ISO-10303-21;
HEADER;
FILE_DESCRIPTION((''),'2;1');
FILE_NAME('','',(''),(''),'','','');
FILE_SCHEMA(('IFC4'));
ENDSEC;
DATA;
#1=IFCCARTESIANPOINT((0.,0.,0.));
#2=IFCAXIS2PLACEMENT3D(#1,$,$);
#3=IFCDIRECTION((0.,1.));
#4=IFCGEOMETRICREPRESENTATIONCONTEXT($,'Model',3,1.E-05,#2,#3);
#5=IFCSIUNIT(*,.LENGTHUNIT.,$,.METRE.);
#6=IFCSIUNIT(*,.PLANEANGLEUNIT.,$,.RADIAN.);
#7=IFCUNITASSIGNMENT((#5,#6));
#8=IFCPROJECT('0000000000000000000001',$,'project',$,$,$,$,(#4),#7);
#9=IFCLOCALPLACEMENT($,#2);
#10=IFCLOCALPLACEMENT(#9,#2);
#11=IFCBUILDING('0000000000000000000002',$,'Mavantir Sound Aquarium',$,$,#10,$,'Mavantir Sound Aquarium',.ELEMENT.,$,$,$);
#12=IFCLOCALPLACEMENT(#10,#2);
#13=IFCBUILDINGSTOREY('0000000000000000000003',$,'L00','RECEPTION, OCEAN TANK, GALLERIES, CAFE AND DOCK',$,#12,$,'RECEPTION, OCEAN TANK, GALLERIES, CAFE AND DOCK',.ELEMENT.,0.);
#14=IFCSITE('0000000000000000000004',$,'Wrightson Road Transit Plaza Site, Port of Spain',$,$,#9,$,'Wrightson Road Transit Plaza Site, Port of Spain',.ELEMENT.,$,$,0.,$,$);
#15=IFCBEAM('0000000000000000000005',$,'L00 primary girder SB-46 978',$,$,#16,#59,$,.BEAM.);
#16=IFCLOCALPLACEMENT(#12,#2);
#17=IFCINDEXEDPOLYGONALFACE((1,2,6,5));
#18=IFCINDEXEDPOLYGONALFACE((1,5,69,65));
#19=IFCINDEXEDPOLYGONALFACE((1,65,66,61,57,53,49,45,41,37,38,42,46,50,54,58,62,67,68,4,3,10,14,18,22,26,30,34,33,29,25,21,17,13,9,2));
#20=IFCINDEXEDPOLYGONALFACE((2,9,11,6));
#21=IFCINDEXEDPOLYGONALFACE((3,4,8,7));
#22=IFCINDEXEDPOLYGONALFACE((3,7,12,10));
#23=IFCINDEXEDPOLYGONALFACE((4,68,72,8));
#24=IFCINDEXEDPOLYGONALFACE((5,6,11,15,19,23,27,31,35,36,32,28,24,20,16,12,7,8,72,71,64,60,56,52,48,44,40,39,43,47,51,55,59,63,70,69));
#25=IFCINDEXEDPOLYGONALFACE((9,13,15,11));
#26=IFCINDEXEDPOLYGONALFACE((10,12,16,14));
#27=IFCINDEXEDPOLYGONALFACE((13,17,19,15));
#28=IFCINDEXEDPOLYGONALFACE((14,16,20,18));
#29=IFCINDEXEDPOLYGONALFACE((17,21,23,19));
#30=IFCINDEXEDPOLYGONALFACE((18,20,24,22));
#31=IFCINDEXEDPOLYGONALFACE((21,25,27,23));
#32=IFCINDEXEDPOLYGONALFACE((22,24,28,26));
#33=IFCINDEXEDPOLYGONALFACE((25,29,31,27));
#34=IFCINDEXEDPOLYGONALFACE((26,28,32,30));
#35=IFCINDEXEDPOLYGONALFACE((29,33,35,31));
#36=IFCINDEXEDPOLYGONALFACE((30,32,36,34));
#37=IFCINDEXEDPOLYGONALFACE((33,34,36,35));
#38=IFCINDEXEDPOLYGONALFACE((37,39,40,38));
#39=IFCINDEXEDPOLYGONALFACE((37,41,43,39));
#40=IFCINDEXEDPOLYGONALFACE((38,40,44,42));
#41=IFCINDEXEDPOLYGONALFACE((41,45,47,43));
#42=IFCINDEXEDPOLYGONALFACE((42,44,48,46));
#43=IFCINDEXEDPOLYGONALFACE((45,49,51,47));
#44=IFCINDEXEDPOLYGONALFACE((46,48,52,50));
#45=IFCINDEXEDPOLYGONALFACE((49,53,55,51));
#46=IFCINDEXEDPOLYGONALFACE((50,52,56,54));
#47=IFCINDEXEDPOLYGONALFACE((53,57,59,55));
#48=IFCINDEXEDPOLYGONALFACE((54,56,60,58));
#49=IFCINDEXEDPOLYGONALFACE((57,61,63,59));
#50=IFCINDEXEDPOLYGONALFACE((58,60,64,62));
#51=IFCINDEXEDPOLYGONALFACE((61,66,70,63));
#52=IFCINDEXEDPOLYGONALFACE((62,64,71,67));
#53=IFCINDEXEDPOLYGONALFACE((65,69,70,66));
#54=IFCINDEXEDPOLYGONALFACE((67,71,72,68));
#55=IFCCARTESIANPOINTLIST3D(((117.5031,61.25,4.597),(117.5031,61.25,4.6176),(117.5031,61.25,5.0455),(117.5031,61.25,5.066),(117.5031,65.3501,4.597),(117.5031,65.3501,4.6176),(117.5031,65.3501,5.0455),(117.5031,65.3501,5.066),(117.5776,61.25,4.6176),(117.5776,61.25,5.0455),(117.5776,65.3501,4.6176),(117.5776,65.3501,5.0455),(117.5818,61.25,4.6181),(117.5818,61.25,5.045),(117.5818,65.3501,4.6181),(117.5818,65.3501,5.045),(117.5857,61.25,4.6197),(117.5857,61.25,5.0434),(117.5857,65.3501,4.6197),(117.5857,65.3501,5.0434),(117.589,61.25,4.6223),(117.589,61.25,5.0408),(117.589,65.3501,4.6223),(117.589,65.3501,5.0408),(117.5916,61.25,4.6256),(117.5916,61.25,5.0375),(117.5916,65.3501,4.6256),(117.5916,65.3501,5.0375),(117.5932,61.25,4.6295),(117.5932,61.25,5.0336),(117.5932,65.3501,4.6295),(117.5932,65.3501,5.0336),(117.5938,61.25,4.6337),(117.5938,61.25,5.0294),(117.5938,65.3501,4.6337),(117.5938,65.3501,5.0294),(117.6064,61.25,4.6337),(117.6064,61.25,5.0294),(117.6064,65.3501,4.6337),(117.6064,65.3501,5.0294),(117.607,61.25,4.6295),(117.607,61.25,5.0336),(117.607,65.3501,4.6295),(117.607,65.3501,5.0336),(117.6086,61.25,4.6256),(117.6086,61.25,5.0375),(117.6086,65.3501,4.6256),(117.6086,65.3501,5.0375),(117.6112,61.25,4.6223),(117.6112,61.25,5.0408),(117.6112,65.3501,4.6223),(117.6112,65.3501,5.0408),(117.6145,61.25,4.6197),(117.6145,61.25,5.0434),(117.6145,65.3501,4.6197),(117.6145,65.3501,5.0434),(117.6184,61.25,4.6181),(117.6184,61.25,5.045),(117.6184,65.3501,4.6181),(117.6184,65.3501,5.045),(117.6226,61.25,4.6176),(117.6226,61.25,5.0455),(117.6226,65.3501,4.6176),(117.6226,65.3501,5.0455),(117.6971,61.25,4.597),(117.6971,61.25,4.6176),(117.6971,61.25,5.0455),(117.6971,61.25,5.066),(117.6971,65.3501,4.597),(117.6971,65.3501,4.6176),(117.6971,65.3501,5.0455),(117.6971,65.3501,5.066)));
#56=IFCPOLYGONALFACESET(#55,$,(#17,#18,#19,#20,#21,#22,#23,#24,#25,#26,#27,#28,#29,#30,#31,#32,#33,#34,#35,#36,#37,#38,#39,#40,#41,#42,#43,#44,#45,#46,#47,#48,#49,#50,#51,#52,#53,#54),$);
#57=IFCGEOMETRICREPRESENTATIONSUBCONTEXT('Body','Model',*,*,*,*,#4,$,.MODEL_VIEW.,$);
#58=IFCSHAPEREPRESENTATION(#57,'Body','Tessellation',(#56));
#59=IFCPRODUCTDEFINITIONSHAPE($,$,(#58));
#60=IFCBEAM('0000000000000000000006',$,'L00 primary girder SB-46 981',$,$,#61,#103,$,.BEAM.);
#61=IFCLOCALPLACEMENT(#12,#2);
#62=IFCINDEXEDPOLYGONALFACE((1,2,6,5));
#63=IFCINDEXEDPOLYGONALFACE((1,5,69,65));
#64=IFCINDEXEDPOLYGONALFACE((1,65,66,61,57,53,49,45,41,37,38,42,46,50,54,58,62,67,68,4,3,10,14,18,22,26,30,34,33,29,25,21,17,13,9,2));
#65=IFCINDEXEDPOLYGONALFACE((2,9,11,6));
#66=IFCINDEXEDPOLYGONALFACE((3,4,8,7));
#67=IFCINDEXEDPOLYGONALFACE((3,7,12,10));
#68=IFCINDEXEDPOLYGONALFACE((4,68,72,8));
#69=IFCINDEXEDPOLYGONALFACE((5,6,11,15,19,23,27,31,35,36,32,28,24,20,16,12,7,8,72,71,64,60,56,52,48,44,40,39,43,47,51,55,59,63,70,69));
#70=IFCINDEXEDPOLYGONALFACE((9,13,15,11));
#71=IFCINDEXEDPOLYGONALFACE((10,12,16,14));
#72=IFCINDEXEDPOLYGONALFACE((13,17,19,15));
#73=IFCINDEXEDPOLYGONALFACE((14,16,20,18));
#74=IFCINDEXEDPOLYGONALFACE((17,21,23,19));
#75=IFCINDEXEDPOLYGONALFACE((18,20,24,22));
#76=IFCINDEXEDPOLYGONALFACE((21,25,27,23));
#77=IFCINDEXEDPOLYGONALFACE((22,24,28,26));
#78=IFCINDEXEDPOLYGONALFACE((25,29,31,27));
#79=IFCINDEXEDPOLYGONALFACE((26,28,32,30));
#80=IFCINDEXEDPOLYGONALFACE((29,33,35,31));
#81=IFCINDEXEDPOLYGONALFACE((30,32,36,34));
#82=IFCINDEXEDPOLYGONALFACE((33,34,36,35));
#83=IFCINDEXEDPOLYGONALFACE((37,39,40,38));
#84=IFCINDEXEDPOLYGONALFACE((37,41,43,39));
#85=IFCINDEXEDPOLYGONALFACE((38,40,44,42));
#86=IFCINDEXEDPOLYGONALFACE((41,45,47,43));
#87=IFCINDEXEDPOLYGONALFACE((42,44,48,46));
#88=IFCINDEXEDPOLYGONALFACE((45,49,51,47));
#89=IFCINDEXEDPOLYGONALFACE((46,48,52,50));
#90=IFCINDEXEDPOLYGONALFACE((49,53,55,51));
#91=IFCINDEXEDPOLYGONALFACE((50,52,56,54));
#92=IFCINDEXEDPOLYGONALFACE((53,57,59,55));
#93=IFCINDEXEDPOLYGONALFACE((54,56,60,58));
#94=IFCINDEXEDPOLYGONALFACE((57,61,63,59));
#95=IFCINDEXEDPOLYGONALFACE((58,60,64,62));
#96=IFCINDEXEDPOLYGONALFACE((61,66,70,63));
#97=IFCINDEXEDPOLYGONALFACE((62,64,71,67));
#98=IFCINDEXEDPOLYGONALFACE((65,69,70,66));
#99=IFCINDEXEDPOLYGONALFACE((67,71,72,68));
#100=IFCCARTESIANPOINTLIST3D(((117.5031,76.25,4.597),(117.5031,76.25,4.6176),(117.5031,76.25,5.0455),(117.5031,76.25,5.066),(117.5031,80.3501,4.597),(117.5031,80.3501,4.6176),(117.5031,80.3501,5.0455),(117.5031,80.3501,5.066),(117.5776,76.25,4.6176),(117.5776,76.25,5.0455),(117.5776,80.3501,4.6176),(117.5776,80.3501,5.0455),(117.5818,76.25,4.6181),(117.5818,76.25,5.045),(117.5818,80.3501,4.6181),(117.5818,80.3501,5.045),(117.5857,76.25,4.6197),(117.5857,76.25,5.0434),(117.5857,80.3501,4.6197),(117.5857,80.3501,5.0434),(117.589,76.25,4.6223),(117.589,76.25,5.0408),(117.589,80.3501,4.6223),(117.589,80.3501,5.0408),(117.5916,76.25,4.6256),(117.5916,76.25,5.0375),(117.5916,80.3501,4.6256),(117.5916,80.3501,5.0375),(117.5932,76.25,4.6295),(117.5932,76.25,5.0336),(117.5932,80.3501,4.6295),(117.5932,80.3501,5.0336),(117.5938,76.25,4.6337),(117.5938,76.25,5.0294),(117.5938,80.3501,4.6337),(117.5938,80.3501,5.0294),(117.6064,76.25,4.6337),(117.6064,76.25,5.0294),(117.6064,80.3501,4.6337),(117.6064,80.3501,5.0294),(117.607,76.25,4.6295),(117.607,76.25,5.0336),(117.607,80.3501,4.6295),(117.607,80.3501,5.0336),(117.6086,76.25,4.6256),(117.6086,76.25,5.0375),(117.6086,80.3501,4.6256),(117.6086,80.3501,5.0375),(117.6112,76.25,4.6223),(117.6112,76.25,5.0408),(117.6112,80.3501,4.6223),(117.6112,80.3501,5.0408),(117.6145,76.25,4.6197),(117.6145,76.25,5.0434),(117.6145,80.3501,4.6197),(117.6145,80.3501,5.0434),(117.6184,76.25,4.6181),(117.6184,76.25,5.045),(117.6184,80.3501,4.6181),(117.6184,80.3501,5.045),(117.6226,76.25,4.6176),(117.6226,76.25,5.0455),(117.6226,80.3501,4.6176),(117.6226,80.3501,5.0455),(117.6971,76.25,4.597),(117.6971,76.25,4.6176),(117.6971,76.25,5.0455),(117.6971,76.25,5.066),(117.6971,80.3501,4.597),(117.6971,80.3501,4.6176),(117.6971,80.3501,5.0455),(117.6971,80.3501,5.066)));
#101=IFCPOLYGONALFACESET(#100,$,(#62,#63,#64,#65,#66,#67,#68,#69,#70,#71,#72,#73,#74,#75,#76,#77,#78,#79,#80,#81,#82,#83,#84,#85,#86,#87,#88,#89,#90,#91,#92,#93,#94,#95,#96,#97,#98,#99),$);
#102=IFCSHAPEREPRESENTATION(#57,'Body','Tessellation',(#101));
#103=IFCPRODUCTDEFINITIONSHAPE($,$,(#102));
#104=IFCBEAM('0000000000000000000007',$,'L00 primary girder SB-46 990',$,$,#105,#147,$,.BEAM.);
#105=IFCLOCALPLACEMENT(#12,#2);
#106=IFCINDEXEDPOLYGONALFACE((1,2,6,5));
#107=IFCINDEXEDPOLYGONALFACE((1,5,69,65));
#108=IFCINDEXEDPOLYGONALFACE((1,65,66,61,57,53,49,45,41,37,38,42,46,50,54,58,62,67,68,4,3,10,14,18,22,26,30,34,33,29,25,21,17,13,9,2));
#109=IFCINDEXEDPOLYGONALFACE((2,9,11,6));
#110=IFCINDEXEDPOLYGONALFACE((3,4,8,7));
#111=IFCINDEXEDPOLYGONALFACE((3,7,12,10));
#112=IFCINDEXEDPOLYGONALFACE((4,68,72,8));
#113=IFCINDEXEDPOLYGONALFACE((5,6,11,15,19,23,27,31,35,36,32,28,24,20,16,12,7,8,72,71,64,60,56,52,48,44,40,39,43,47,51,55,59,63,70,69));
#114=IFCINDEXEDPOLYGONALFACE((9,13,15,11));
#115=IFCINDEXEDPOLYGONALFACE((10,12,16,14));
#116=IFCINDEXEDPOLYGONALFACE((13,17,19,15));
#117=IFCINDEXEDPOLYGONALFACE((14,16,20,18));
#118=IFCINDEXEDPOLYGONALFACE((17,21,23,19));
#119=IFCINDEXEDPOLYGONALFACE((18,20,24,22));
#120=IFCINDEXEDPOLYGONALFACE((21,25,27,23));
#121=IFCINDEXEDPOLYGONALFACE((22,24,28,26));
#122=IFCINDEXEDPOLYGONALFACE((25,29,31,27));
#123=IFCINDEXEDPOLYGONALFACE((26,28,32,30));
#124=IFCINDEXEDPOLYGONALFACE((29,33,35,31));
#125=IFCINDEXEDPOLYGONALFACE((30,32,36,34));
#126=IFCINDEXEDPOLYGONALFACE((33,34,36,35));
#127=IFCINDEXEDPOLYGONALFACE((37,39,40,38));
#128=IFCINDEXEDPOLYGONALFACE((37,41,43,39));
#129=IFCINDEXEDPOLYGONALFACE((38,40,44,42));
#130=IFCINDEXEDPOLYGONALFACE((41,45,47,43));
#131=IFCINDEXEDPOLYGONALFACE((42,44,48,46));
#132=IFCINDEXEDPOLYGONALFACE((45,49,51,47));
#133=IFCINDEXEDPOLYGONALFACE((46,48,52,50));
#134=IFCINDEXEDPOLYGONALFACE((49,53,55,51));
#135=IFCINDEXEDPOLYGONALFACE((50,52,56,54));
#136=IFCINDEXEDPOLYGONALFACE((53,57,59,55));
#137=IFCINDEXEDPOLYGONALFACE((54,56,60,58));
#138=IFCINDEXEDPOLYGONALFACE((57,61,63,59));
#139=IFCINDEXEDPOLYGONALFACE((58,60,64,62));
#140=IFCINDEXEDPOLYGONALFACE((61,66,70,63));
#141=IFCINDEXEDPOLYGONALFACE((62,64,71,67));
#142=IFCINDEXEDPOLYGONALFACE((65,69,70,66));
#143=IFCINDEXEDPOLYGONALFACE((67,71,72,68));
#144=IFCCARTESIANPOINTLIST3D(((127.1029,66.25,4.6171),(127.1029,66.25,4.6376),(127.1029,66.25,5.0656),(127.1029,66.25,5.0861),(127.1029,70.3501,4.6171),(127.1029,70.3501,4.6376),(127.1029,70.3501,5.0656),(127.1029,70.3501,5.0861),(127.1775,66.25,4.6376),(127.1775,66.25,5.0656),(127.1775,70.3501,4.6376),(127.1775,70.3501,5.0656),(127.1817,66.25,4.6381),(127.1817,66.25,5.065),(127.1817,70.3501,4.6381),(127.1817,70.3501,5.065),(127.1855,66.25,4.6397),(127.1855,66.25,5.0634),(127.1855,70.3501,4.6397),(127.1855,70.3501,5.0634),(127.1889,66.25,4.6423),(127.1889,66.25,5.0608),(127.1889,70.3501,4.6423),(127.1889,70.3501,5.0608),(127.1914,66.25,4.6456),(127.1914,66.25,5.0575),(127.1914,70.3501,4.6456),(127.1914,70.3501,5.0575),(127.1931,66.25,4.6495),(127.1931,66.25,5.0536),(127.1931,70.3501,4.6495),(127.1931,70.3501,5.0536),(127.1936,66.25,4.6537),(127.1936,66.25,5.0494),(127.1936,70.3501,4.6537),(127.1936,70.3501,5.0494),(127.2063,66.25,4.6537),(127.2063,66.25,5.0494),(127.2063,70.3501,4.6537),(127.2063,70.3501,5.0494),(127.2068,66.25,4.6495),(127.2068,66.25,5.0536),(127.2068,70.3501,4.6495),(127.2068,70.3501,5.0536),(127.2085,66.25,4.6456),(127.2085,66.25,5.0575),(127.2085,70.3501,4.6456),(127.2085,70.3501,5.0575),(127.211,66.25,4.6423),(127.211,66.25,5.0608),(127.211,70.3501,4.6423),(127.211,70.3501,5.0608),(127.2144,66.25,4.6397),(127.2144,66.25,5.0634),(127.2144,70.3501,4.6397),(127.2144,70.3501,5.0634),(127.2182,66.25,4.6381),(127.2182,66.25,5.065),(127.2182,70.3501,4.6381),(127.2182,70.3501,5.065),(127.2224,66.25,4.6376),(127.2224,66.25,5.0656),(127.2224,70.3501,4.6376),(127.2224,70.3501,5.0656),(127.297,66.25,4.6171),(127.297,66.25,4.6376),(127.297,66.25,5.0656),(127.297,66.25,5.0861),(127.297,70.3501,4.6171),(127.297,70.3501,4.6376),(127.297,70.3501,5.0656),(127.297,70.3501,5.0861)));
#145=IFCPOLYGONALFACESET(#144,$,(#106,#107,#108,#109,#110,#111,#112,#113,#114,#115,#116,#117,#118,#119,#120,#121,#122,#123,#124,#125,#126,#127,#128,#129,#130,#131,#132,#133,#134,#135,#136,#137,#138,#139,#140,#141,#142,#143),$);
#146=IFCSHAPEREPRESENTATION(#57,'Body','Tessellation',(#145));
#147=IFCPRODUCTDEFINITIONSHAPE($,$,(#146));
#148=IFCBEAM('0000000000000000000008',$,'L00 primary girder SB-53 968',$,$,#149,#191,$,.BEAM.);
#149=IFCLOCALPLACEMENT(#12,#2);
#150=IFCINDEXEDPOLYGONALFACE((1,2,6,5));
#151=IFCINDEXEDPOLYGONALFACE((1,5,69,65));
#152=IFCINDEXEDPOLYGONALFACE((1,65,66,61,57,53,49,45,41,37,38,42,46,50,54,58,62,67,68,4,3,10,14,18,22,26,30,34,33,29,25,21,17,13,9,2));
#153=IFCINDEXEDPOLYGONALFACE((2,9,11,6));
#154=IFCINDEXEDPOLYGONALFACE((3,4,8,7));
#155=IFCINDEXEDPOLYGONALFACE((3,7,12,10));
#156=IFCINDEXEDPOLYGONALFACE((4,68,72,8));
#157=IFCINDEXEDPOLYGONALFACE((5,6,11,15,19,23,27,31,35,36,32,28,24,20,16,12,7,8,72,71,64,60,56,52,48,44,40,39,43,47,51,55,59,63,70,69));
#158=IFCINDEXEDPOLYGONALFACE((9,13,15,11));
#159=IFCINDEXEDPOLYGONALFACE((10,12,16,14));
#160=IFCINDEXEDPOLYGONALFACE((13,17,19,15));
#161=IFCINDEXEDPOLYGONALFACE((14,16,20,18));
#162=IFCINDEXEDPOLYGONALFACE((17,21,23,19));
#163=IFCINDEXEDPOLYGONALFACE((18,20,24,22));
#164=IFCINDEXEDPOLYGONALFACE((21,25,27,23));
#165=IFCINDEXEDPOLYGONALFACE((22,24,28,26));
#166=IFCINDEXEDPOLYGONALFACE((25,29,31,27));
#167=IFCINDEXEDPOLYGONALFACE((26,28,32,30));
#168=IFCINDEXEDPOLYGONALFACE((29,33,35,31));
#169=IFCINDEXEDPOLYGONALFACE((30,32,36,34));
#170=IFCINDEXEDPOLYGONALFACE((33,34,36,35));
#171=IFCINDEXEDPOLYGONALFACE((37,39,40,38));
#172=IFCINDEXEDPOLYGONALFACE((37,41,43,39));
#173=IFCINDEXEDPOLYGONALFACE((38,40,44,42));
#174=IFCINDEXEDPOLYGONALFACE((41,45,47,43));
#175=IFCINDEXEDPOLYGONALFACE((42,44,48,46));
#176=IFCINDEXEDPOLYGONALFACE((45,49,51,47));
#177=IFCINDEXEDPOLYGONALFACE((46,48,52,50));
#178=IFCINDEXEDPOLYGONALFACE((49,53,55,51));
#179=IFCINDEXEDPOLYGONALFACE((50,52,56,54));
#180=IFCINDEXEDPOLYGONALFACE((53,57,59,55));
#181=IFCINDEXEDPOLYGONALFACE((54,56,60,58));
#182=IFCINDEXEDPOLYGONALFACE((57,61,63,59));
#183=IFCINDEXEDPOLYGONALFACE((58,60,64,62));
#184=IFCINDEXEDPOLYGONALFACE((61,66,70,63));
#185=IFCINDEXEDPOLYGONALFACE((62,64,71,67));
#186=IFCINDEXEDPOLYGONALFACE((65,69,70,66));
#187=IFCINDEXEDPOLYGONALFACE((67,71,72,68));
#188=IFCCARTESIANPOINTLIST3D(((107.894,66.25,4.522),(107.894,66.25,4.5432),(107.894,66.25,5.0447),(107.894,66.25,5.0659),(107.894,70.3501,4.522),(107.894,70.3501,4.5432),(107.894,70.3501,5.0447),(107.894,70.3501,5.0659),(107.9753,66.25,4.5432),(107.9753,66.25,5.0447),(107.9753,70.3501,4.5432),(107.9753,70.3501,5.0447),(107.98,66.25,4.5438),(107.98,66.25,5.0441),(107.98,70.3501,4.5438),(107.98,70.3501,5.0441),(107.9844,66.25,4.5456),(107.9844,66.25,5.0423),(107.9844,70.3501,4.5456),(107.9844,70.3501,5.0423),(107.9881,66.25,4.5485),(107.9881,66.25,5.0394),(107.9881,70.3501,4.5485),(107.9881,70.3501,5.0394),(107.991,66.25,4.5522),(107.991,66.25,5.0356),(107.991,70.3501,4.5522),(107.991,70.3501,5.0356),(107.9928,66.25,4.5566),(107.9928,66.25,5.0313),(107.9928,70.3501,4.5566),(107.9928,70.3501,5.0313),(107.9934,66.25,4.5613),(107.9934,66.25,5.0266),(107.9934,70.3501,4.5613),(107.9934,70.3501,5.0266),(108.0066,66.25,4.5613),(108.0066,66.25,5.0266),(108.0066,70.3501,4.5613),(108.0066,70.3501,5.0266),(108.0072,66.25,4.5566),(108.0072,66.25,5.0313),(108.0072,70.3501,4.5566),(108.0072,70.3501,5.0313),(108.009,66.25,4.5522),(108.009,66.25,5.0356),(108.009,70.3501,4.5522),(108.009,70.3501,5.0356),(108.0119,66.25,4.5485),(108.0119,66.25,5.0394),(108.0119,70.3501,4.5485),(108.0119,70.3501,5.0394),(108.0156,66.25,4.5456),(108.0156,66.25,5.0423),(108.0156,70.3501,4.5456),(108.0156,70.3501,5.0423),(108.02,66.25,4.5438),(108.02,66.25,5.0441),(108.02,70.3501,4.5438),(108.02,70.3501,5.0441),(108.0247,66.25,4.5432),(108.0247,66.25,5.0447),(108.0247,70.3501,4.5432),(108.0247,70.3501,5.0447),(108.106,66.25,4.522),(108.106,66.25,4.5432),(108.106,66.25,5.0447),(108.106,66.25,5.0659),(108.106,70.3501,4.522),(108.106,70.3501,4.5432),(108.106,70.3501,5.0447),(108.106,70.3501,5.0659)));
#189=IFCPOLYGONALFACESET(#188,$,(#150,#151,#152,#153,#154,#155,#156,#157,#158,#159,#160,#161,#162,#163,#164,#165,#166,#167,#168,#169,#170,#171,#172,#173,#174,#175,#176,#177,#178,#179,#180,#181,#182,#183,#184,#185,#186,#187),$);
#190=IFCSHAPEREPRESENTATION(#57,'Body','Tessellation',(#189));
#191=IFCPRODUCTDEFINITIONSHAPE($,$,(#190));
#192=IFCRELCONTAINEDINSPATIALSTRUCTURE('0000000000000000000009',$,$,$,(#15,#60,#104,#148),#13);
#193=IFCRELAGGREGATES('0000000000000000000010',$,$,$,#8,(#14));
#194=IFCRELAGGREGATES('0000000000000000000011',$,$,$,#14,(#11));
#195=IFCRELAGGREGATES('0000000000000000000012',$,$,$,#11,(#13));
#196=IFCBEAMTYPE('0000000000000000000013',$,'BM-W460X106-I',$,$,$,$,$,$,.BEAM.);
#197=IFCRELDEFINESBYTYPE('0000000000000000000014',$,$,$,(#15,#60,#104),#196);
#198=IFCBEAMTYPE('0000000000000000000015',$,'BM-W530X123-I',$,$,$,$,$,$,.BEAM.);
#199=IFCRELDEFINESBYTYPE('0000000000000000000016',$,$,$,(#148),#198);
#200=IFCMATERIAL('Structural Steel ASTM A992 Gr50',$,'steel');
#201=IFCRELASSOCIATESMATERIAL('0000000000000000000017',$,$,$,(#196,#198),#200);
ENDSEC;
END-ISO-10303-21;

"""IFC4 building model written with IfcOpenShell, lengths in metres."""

from ifc_helpers import new_model, si_unit, direction, frame, origin, origin_2d, place, context, subcontext, project, spatial, i_section, extrude, material, material_profile, profile_set, type_object, element, save


model = new_model("IFC4")

# Units and contexts
model_context = context("Model", 3, precision=1e-05, world=origin(), true_north=direction((0.0, 1.0)))
body_context = subcontext(model_context, "Body", "Model", "MODEL_VIEW")
ifc_project = project(units=[si_unit("LENGTHUNIT", "METRE"), si_unit("PLANEANGLEUNIT", "RADIAN")], contexts=[model_context])

# Site, building, storey
site_placement = place(None, origin())
site = spatial("IfcSite", under=ifc_project, at=site_placement, Name="Wrightson Road Transit Plaza Site, Port of Spain", LongName="Wrightson Road Transit Plaza Site, Port of Spain", CompositionType="ELEMENT", RefElevation=0.0)
building_placement = place(site_placement, origin())
building = spatial("IfcBuilding", under=site, at=building_placement, Name="Mavantir Sound Aquarium", LongName="Mavantir Sound Aquarium", CompositionType="ELEMENT")
storey_placement = place(building_placement, origin())
storey = spatial("IfcBuildingStorey", under=building, at=storey_placement, Name="L00", Description="RECEPTION, OCEAN TANK, GALLERIES, CAFE AND DOCK", LongName="RECEPTION, OCEAN TANK, GALLERIES, CAFE AND DOCK", CompositionType="ELEMENT", Elevation=0.0)

# Beams
ifc_material_1 = material(Name="Structural Steel ASTM A992 Gr50", Category="steel")
ifc_material_profile_1 = material_profile(ifc_material_1, i_section(OverallWidth=0.1941, OverallDepth=0.469, WebThickness=0.0127, FlangeThickness=0.0205, FilletRadius=0.0161, at=origin_2d()), Name="W460X106")
ifc_profile_set_1 = profile_set([ifc_material_profile_1], Name="Structural Steel ASTM A992 Gr50")
beam_type_1 = type_object("IfcBeamType", Name="BM-W460X106-I", PredefinedType="BEAM", material=ifc_profile_set_1)
for number, where, z_axis, x_axis, name in (
    (1, (117.6001, 61.25, 4.8315), (0.0, 1.0, 0.0), (-1.0, 0.0, 0.0), "L00 primary girder SB-46 978"),
    (2, (117.6001, 76.25, 4.8315), (0.0, 1.0, 0.0), (-1.0, 0.0, 0.0), "L00 primary girder SB-46 981"),
    (3, (127.2, 66.25, 4.8516), (0.0, 1.0, 0.0), (-1.0, 0.0, 0.0), "L00 primary girder SB-46 990"),
):
    element("IfcBeam", number, at=place(storey_placement, frame(where, z_axis=z_axis, x_axis=x_axis)), inside=storey, type_object=beam_type_1, Name=name, PredefinedType="BEAM", context=body_context, shape_type="SweptSolid", body=[
        extrude(i_section(OverallWidth=0.1941, OverallDepth=0.469, WebThickness=0.0127, FlangeThickness=0.0205, FilletRadius=0.0161, at=origin_2d()), origin(), (0.0, 0.0, 1.0), 4.1001),
    ])
ifc_material_profile_2 = material_profile(ifc_material_1, i_section(OverallWidth=0.2119, OverallDepth=0.5439, WebThickness=0.0132, FlangeThickness=0.0212, FilletRadius=0.0181, at=origin_2d()), Name="W530X123")
ifc_profile_set_2 = profile_set([ifc_material_profile_2], Name="Structural Steel ASTM A992 Gr50")
beam_type_2 = type_object("IfcBeamType", Name="BM-W530X123-I", PredefinedType="BEAM", material=ifc_profile_set_2)
for number, where, z_axis, x_axis, name in (
    (4, (108.0, 66.25, 4.7939), (0.0, 1.0, 0.0), (-1.0, 0.0, 0.0), "L00 primary girder SB-53 968"),
):
    element("IfcBeam", number, at=place(storey_placement, frame(where, z_axis=z_axis, x_axis=x_axis)), inside=storey, type_object=beam_type_2, Name=name, PredefinedType="BEAM", context=body_context, shape_type="SweptSolid", body=[
        extrude(i_section(OverallWidth=0.2119, OverallDepth=0.5439, WebThickness=0.0132, FlangeThickness=0.0212, FilletRadius=0.0181, at=origin_2d()), origin(), (0.0, 0.0, 1.0), 4.1001),
    ])

save(model, "model.ifc")
